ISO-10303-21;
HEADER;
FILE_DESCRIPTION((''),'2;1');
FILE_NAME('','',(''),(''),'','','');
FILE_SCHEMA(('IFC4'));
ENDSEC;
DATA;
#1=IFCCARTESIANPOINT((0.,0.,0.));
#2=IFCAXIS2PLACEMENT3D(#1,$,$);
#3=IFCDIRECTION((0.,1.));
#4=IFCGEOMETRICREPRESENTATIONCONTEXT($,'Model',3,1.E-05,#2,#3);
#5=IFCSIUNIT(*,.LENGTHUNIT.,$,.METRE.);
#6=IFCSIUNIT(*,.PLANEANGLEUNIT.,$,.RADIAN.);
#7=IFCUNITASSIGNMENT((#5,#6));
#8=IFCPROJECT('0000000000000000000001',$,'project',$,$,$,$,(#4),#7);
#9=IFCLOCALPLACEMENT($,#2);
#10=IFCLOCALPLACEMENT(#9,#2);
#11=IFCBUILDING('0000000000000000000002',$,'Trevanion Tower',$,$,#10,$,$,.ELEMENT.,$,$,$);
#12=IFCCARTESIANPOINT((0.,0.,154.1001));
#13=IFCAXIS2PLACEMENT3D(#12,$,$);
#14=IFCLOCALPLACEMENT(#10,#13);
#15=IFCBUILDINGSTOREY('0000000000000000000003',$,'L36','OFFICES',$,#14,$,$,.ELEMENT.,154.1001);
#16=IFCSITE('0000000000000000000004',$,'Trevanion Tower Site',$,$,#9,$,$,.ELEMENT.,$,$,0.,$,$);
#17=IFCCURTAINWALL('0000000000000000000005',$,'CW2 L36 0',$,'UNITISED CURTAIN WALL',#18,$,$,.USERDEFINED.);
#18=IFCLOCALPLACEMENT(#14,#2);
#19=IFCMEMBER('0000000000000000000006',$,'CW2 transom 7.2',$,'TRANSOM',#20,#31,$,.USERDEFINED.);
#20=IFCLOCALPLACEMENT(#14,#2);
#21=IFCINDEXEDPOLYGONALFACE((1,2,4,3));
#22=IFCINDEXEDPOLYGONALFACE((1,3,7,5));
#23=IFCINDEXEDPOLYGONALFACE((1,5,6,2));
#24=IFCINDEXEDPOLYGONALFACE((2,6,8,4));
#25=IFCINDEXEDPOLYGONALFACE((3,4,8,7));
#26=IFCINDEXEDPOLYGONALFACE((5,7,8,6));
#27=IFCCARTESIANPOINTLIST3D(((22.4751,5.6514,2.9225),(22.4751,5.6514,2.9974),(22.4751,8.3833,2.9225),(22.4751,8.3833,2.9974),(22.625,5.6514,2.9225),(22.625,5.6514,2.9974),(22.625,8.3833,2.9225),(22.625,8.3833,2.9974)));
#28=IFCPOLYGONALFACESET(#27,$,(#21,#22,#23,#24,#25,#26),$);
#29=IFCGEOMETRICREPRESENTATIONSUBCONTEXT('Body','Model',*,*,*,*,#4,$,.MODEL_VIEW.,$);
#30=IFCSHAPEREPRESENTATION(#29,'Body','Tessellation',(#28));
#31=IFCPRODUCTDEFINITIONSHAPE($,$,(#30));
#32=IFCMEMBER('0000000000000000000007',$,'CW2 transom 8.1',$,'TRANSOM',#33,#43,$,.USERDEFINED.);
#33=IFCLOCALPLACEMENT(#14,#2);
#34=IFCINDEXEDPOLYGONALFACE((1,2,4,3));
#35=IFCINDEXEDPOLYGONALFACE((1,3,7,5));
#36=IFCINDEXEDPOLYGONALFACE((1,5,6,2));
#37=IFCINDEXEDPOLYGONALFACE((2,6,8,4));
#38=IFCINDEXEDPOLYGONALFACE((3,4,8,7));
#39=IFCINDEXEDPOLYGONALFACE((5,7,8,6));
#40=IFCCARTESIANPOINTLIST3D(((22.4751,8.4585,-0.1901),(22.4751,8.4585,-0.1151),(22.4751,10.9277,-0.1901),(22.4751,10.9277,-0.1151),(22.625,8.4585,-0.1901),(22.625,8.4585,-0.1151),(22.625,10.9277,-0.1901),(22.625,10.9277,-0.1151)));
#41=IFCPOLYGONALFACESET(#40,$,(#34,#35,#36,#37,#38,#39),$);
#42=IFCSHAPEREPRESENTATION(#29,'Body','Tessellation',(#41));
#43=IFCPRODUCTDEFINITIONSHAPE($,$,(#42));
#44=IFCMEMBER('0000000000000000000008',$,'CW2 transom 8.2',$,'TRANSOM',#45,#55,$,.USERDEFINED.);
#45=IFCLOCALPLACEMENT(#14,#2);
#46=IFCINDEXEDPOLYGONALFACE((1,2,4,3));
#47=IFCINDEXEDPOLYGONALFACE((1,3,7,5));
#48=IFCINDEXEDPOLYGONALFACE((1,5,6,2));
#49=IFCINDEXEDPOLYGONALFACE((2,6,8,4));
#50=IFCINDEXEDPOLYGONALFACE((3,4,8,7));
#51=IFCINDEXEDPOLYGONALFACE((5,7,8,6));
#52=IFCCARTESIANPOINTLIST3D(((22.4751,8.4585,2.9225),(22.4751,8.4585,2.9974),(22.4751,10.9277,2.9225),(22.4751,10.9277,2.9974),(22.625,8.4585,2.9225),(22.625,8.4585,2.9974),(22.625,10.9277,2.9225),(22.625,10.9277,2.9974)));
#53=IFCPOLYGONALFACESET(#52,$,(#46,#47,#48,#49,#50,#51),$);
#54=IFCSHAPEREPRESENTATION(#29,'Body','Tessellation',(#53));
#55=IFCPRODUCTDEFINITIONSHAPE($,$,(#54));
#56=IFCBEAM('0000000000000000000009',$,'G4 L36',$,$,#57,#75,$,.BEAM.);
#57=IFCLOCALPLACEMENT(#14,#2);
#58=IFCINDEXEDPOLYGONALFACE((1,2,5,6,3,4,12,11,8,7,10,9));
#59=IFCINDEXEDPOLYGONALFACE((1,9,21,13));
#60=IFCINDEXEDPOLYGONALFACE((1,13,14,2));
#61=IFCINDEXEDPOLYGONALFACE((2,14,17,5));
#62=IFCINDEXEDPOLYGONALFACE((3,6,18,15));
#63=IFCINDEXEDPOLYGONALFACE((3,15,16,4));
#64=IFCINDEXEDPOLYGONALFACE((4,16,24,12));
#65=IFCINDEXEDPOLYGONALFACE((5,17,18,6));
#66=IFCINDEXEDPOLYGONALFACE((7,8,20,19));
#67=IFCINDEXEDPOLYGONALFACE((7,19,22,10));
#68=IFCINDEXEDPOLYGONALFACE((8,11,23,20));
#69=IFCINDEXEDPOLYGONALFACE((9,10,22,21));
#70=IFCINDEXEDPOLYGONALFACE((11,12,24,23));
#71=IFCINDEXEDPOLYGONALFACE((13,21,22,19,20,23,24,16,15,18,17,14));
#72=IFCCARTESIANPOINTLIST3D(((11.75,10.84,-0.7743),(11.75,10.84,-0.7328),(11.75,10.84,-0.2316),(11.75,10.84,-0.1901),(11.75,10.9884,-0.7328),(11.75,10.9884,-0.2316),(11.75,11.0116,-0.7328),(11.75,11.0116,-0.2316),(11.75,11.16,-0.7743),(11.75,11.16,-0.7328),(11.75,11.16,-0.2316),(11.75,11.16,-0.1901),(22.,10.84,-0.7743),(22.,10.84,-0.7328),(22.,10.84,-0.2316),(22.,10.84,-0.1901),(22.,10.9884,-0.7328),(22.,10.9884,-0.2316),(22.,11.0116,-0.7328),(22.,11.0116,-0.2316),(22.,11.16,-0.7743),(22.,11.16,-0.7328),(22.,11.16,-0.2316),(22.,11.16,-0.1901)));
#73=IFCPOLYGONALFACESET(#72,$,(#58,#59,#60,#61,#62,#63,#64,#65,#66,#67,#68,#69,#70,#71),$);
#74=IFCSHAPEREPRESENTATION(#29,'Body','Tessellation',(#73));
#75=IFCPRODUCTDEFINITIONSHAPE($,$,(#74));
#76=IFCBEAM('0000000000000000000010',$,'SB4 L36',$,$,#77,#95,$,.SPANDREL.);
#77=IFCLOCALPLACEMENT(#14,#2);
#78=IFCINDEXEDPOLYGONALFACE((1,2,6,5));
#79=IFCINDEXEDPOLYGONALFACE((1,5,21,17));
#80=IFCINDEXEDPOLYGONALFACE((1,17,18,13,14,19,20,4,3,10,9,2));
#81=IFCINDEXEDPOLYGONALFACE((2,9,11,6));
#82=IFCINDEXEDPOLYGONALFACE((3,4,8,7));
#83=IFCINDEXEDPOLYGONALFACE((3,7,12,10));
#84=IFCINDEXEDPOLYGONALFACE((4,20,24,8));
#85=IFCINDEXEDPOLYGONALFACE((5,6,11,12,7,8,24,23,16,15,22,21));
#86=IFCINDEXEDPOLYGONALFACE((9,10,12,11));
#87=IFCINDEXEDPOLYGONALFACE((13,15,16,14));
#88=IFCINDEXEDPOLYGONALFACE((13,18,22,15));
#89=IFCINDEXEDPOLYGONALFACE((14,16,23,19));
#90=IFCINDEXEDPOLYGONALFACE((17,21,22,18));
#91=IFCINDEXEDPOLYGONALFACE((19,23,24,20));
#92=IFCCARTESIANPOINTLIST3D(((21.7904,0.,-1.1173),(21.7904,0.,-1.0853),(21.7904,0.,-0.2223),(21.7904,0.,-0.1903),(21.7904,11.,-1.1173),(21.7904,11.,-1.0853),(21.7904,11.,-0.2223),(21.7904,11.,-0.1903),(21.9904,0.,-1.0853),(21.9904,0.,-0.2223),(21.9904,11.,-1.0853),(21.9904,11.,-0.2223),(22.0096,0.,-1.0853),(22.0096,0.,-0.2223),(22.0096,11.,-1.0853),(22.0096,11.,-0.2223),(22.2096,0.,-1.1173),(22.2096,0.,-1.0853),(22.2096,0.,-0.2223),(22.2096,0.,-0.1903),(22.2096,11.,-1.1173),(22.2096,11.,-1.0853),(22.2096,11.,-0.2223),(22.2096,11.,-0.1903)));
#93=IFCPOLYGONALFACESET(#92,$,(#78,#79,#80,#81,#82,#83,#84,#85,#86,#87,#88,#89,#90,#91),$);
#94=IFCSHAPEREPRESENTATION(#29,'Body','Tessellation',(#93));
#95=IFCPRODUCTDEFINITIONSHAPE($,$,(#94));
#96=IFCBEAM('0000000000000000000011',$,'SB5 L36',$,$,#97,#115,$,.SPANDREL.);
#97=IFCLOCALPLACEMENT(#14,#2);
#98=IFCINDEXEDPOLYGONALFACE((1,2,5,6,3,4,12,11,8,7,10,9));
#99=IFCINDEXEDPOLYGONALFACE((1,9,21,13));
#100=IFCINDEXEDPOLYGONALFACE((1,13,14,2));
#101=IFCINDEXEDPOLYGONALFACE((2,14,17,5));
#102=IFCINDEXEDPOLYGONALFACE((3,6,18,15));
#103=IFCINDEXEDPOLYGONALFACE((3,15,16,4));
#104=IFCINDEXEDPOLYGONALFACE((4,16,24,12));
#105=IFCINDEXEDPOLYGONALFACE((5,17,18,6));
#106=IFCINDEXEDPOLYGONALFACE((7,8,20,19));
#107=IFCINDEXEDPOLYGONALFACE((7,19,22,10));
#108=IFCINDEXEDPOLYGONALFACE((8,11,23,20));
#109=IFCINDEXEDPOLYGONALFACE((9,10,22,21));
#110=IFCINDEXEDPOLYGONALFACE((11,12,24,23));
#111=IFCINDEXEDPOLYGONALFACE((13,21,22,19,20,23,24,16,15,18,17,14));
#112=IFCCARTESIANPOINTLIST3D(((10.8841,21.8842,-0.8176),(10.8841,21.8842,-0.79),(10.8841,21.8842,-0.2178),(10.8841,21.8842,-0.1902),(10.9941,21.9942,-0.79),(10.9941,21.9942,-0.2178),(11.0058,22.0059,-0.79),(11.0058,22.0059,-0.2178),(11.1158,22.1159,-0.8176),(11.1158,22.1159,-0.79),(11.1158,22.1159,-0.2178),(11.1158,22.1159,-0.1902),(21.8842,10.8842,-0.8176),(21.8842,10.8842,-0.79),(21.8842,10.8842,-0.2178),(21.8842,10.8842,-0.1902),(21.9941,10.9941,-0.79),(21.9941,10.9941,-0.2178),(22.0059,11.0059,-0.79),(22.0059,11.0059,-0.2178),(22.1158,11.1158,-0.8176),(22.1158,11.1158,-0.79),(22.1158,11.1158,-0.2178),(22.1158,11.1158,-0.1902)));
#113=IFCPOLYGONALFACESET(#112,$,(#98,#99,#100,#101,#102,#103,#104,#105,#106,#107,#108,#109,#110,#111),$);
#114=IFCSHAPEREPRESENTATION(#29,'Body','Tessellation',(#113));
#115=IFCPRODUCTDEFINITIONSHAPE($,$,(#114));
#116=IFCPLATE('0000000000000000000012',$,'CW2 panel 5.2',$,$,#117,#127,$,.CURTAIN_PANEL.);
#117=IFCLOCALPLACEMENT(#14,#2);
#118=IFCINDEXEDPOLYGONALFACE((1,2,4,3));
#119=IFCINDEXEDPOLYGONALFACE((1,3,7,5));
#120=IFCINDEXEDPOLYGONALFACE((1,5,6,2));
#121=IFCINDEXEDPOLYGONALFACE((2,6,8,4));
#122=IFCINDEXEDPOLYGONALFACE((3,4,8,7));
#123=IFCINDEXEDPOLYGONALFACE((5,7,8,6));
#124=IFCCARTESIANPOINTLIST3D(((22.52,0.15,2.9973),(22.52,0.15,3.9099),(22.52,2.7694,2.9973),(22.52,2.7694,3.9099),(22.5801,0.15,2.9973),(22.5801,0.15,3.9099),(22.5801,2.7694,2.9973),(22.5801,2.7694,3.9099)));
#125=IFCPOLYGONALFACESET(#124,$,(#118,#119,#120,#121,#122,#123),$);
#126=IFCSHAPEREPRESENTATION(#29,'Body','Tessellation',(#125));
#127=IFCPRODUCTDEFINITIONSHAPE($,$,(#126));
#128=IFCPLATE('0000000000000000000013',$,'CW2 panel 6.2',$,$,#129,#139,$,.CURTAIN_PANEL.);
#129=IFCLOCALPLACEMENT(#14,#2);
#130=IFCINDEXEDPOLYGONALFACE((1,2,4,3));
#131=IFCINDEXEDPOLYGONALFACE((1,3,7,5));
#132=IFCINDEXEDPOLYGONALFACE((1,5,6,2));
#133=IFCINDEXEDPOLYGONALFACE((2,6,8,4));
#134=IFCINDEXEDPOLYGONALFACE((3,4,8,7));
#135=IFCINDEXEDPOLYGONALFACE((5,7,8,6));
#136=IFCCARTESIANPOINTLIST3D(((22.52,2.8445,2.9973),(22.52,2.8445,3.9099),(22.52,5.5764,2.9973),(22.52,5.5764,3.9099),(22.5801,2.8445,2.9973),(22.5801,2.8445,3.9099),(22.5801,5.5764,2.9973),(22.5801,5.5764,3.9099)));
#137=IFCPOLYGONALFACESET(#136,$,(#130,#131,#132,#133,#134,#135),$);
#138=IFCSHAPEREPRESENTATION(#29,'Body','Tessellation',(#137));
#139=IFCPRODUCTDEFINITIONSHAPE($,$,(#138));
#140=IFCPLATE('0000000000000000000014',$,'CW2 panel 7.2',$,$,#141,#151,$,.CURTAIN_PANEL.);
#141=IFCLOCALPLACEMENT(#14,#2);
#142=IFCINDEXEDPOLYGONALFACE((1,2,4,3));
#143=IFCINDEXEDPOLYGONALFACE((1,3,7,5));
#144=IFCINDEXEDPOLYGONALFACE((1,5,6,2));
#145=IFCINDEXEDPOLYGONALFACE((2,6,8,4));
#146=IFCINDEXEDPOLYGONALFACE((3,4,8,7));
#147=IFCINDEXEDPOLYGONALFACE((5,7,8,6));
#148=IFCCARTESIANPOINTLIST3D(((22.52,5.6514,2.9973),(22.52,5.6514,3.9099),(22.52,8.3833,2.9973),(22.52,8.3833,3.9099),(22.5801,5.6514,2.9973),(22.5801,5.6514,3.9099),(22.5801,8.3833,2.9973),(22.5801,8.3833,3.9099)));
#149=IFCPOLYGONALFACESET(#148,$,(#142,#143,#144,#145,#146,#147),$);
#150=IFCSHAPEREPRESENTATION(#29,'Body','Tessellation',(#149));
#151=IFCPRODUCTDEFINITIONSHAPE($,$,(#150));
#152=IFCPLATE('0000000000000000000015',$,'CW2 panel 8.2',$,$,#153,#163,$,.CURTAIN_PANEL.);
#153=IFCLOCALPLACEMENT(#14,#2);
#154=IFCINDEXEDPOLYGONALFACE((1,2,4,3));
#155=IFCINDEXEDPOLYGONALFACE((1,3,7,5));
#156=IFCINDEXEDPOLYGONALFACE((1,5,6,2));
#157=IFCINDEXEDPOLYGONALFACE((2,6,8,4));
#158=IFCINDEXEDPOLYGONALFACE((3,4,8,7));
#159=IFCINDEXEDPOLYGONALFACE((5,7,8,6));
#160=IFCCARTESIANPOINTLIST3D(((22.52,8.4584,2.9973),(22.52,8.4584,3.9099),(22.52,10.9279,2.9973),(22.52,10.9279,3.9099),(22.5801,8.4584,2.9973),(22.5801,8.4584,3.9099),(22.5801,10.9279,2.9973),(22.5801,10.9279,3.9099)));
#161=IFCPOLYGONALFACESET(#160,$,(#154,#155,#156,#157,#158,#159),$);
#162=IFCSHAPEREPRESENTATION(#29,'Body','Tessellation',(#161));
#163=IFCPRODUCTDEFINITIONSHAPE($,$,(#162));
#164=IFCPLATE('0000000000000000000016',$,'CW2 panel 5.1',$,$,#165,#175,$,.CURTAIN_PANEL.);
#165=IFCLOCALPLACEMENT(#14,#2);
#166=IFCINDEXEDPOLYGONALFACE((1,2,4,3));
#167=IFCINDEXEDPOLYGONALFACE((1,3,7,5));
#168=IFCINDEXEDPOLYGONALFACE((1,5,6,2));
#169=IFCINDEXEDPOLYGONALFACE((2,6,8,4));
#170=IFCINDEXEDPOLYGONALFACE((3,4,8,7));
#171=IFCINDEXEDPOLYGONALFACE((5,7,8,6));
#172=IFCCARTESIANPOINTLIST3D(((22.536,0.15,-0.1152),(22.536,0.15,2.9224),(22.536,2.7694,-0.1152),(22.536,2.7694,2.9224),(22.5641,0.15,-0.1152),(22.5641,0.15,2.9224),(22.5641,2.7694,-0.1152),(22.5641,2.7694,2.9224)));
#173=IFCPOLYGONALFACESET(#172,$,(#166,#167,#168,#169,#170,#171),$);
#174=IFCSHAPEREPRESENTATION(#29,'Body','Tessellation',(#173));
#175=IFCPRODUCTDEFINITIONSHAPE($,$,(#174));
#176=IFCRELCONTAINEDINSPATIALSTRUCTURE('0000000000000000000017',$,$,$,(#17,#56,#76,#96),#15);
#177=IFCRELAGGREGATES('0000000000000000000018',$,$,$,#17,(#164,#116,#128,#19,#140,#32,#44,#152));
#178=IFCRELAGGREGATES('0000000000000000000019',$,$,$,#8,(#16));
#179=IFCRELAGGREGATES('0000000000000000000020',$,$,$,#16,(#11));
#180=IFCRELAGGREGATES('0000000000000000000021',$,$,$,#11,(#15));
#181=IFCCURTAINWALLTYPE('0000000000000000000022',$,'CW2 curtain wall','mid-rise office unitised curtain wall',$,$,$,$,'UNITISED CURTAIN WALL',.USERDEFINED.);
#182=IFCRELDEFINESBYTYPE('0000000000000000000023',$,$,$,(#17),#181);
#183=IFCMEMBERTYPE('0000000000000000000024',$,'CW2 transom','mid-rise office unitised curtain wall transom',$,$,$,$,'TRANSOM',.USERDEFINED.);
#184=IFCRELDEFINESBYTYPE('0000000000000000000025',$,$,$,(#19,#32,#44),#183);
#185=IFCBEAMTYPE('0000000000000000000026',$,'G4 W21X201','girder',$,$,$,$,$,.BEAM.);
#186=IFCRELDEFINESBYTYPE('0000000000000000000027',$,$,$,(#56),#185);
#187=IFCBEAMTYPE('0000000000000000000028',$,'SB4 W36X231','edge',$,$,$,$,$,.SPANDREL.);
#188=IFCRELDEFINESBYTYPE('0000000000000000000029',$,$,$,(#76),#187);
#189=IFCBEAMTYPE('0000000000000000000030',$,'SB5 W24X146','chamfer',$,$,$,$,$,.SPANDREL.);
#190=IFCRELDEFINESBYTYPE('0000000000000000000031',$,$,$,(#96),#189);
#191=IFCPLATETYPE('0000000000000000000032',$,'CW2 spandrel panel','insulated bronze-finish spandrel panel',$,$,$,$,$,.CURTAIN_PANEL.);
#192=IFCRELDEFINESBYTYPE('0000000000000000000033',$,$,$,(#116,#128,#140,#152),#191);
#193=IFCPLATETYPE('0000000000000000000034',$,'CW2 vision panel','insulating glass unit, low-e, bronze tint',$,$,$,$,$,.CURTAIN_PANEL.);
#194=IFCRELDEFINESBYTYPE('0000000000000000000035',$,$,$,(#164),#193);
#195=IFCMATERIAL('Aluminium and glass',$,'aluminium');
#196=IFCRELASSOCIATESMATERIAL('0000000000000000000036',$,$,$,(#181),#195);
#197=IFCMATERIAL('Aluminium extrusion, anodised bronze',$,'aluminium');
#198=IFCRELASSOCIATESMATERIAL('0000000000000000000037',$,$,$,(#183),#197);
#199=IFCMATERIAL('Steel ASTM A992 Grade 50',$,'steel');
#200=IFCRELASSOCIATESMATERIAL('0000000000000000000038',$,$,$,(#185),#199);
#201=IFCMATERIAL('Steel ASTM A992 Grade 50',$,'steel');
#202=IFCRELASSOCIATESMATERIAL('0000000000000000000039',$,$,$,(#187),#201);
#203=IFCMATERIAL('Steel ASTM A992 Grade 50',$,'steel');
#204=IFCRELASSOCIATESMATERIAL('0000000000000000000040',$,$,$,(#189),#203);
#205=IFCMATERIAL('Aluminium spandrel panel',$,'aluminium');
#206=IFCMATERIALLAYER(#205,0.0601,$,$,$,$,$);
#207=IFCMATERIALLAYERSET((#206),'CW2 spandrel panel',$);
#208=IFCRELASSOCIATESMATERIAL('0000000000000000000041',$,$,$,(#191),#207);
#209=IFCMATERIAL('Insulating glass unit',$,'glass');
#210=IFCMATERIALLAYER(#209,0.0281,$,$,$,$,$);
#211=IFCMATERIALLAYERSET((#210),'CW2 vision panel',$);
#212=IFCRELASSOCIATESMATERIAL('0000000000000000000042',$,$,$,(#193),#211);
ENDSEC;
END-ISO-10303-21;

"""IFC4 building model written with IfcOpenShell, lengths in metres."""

from ifc_helpers import new_model, si_unit, direction, frame, origin, origin_2d, place, context, subcontext, project, spatial, rectangle, i_section, extrude, material, layer, layer_set, material_profile, profile_set, type_object, element, aggregate, save


model = new_model("IFC4")

# Units and contexts
model_context = context("Model", 3, precision=1e-05, world=origin(), true_north=direction((0.0, 1.0)))
body_context = subcontext(model_context, "Body", "Model", "MODEL_VIEW")
ifc_project = project(units=[si_unit("LENGTHUNIT", "METRE"), si_unit("PLANEANGLEUNIT", "RADIAN")], contexts=[model_context])

# Site, building, storey
site_placement = place(None, origin())
site = spatial("IfcSite", under=ifc_project, at=site_placement, Name="Trevanion Tower Site", CompositionType="ELEMENT", RefElevation=0.0)
building_placement = place(site_placement, origin())
building = spatial("IfcBuilding", under=site, at=building_placement, Name="Trevanion Tower", CompositionType="ELEMENT")
storey_placement = place(building_placement, frame((0.0, 0.0, 154.1001)))
storey = spatial("IfcBuildingStorey", under=building, at=storey_placement, Name="L36", Description="OFFICES", CompositionType="ELEMENT", Elevation=154.1001)

# Curtain wall, members
ifc_material_1 = material(Name="Aluminium and glass", Category="aluminium")
curtain_wall_type = type_object("IfcCurtainWallType", Name="CW2 curtain wall", Description="mid-rise office unitised curtain wall", ElementType="UNITISED CURTAIN WALL", PredefinedType="USERDEFINED", material=ifc_material_1)
curtain_wall_placement = place(storey_placement, origin())
curtain_wall = element("IfcCurtainWall", 1, at=curtain_wall_placement, inside=storey, type_object=curtain_wall_type, Name="CW2 L36 0", ObjectType="UNITISED CURTAIN WALL", PredefinedType="USERDEFINED")
ifc_material_2 = material(Name="Aluminium extrusion, anodised bronze", Category="aluminium")
ifc_material_profile_1 = material_profile(ifc_material_2, rectangle(XDim=0.1499, YDim=0.075, at=origin_2d()), Name="CW2 transom")
ifc_profile_set_1 = profile_set([ifc_material_profile_1], Name="Aluminium extrusion, anodised bronze")
member_type_1 = type_object("IfcMemberType", Name="CW2 transom", Description="mid-rise office unitised curtain wall transom", ElementType="TRANSOM", PredefinedType="USERDEFINED", material=ifc_profile_set_1)
member_1_placement = place(storey_placement, frame((22.55, 5.6514, 2.96), z_axis=(0.0, 1.0, 0.0), x_axis=(-1.0, 0.0, 0.0)))
member_1 = element("IfcMember", 2, at=member_1_placement, type_object=member_type_1, Name="CW2 transom 7.2", ObjectType="TRANSOM", PredefinedType="USERDEFINED", context=body_context, shape_type="SweptSolid", body=[
    extrude(rectangle(XDim=0.1499, YDim=0.075, at=origin_2d()), origin(), (0.0, 0.0, 1.0), 2.7319),
])
member_2_placement = place(storey_placement, frame((22.55, 8.4585, -0.1526), z_axis=(0.0, 1.0, 0.0), x_axis=(-1.0, 0.0, 0.0)))
member_2 = element("IfcMember", 3, at=member_2_placement, type_object=member_type_1, Name="CW2 transom 8.1", ObjectType="TRANSOM", PredefinedType="USERDEFINED", context=body_context, shape_type="SweptSolid", body=[
    extrude(rectangle(XDim=0.1499, YDim=0.075, at=origin_2d()), origin(), (0.0, 0.0, 1.0), 2.4692),
])
member_3_placement = place(storey_placement, frame((22.55, 8.4585, 2.96), z_axis=(0.0, 1.0, 0.0), x_axis=(-1.0, 0.0, 0.0)))
member_3 = element("IfcMember", 4, at=member_3_placement, type_object=member_type_1, Name="CW2 transom 8.2", ObjectType="TRANSOM", PredefinedType="USERDEFINED", context=body_context, shape_type="SweptSolid", body=[
    extrude(rectangle(XDim=0.1499, YDim=0.075, at=origin_2d()), origin(), (0.0, 0.0, 1.0), 2.4692),
])

# Beams
ifc_material_3 = material(Name="Steel ASTM A992 Grade 50", Category="steel")
ifc_material_profile_2 = material_profile(ifc_material_3, i_section(OverallWidth=0.3201, OverallDepth=0.5842, WebThickness=0.0232, FlangeThickness=0.0415, at=origin_2d()), Name="W21X201")
ifc_profile_set_2 = profile_set([ifc_material_profile_2], Name="Steel ASTM A992 Grade 50")
beam_type_1 = type_object("IfcBeamType", Name="G4 W21X201", Description="girder", PredefinedType="BEAM", material=ifc_profile_set_2)
beam_1_placement = place(storey_placement, frame((11.75, 11.0, -0.4822), z_axis=(1.0, 0.0, 0.0), x_axis=(0.0, 1.0, 0.0)))
element("IfcBeam", 5, at=beam_1_placement, inside=storey, type_object=beam_type_1, Name="G4 L36", PredefinedType="BEAM", context=body_context, shape_type="SweptSolid", body=[
    extrude(i_section(OverallWidth=0.3201, OverallDepth=0.5842, WebThickness=0.0232, FlangeThickness=0.0415, at=origin_2d()), origin(), (0.0, 0.0, 1.0), 10.25),
])
ifc_material_4 = material(Name="Steel ASTM A992 Grade 50", Category="steel")
ifc_material_profile_3 = material_profile(ifc_material_4, i_section(OverallWidth=0.4192, OverallDepth=0.927, WebThickness=0.0193, FlangeThickness=0.032, at=origin_2d()), Name="W36X231")
ifc_profile_set_3 = profile_set([ifc_material_profile_3], Name="Steel ASTM A992 Grade 50")
beam_type_2 = type_object("IfcBeamType", Name="SB4 W36X231", Description="edge", PredefinedType="SPANDREL", material=ifc_profile_set_3)
beam_2_placement = place(storey_placement, frame((22.0, 0.0, -0.6538), z_axis=(0.0, 1.0, 0.0), x_axis=(-1.0, 0.0, 0.0)))
element("IfcBeam", 6, at=beam_2_placement, inside=storey, type_object=beam_type_2, Name="SB4 L36", PredefinedType="SPANDREL", context=body_context, shape_type="SweptSolid", body=[
    extrude(i_section(OverallWidth=0.4192, OverallDepth=0.927, WebThickness=0.0193, FlangeThickness=0.032, at=origin_2d()), origin(), (0.0, 0.0, 1.0), 11.0),
])
ifc_material_5 = material(Name="Steel ASTM A992 Grade 50", Category="steel")
ifc_material_profile_4 = material_profile(ifc_material_5, i_section(OverallWidth=0.3276, OverallDepth=0.6274, WebThickness=0.0166, FlangeThickness=0.0276, at=origin_2d()), Name="W24X146")
ifc_profile_set_4 = profile_set([ifc_material_profile_4], Name="Steel ASTM A992 Grade 50")
beam_type_3 = type_object("IfcBeamType", Name="SB5 W24X146", Description="chamfer", PredefinedType="SPANDREL", material=ifc_profile_set_4)
beam_3_placement = place(storey_placement, frame((22.0, 11.0, -0.5039), z_axis=(-0.707107, 0.707107, 0.0), x_axis=(-0.707107, -0.707107, 0.0)))
element("IfcBeam", 7, at=beam_3_placement, inside=storey, type_object=beam_type_3, Name="SB5 L36", PredefinedType="SPANDREL", context=body_context, shape_type="SweptSolid", body=[
    extrude(i_section(OverallWidth=0.3276, OverallDepth=0.6274, WebThickness=0.0166, FlangeThickness=0.0276, at=origin_2d()), origin(), (0.0, 0.0, 1.0), 15.5564),
])

# Plates
ifc_material_6 = material(Name="Aluminium spandrel panel", Category="aluminium")
ifc_layer_1 = layer(ifc_material_6, 0.0601)
ifc_layer_set_1 = layer_set([ifc_layer_1], Name="CW2 spandrel panel")
plate_type_1 = type_object("IfcPlateType", Name="CW2 spandrel panel", Description="insulated bronze-finish spandrel panel", PredefinedType="CURTAIN_PANEL", material=ifc_layer_set_1)
plate_1_placement = place(storey_placement, frame((22.55, 1.4597, 2.9973), z_axis=(0.0, 0.0, 1.0), x_axis=(0.0, 1.0, 0.0)))
plate_1 = element("IfcPlate", 8, at=plate_1_placement, type_object=plate_type_1, Name="CW2 panel 5.2", PredefinedType="CURTAIN_PANEL", context=body_context, shape_type="SweptSolid", body=[
    extrude(rectangle(XDim=2.6194, YDim=0.0601, at=origin_2d()), origin(), (0.0, 0.0, 1.0), 0.9126),
])
plate_2_placement = place(storey_placement, frame((22.55, 4.2104, 2.9973), z_axis=(0.0, 0.0, 1.0), x_axis=(0.0, 1.0, 0.0)))
plate_2 = element("IfcPlate", 9, at=plate_2_placement, type_object=plate_type_1, Name="CW2 panel 6.2", PredefinedType="CURTAIN_PANEL", context=body_context, shape_type="SweptSolid", body=[
    extrude(rectangle(XDim=2.7319, YDim=0.0601, at=origin_2d()), origin(), (0.0, 0.0, 1.0), 0.9126),
])
plate_3_placement = place(storey_placement, frame((22.55, 7.0173, 2.9973), z_axis=(0.0, 0.0, 1.0), x_axis=(0.0, 1.0, 0.0)))
plate_3 = element("IfcPlate", 10, at=plate_3_placement, type_object=plate_type_1, Name="CW2 panel 7.2", PredefinedType="CURTAIN_PANEL", context=body_context, shape_type="SweptSolid", body=[
    extrude(rectangle(XDim=2.7319, YDim=0.0601, at=origin_2d()), origin(), (0.0, 0.0, 1.0), 0.9126),
])
plate_4_placement = place(storey_placement, frame((22.55, 9.6931, 2.9973), z_axis=(0.0, 0.0, 1.0), x_axis=(0.0, 1.0, 0.0)))
plate_4 = element("IfcPlate", 11, at=plate_4_placement, type_object=plate_type_1, Name="CW2 panel 8.2", PredefinedType="CURTAIN_PANEL", context=body_context, shape_type="SweptSolid", body=[
    extrude(rectangle(XDim=2.4695, YDim=0.0601, at=origin_2d()), origin(), (0.0, 0.0, 1.0), 0.9126),
])
ifc_material_7 = material(Name="Insulating glass unit", Category="glass")
ifc_layer_2 = layer(ifc_material_7, 0.0281)
ifc_layer_set_2 = layer_set([ifc_layer_2], Name="CW2 vision panel")
plate_type_2 = type_object("IfcPlateType", Name="CW2 vision panel", Description="insulating glass unit, low-e, bronze tint", PredefinedType="CURTAIN_PANEL", material=ifc_layer_set_2)
plate_5_placement = place(storey_placement, frame((22.55, 1.4597, -0.1152), z_axis=(0.0, 0.0, 1.0), x_axis=(0.0, 1.0, 0.0)))
plate_5 = element("IfcPlate", 12, at=plate_5_placement, type_object=plate_type_2, Name="CW2 panel 5.1", PredefinedType="CURTAIN_PANEL", context=body_context, shape_type="SweptSolid", body=[
    extrude(rectangle(XDim=2.6194, YDim=0.0281, at=origin_2d()), origin(), (0.0, 0.0, 1.0), 3.0376),
])
aggregate(curtain_wall, [plate_5, plate_1, plate_2, member_1, plate_3, member_2, member_3, plate_4])

save(model, "model.ifc")
